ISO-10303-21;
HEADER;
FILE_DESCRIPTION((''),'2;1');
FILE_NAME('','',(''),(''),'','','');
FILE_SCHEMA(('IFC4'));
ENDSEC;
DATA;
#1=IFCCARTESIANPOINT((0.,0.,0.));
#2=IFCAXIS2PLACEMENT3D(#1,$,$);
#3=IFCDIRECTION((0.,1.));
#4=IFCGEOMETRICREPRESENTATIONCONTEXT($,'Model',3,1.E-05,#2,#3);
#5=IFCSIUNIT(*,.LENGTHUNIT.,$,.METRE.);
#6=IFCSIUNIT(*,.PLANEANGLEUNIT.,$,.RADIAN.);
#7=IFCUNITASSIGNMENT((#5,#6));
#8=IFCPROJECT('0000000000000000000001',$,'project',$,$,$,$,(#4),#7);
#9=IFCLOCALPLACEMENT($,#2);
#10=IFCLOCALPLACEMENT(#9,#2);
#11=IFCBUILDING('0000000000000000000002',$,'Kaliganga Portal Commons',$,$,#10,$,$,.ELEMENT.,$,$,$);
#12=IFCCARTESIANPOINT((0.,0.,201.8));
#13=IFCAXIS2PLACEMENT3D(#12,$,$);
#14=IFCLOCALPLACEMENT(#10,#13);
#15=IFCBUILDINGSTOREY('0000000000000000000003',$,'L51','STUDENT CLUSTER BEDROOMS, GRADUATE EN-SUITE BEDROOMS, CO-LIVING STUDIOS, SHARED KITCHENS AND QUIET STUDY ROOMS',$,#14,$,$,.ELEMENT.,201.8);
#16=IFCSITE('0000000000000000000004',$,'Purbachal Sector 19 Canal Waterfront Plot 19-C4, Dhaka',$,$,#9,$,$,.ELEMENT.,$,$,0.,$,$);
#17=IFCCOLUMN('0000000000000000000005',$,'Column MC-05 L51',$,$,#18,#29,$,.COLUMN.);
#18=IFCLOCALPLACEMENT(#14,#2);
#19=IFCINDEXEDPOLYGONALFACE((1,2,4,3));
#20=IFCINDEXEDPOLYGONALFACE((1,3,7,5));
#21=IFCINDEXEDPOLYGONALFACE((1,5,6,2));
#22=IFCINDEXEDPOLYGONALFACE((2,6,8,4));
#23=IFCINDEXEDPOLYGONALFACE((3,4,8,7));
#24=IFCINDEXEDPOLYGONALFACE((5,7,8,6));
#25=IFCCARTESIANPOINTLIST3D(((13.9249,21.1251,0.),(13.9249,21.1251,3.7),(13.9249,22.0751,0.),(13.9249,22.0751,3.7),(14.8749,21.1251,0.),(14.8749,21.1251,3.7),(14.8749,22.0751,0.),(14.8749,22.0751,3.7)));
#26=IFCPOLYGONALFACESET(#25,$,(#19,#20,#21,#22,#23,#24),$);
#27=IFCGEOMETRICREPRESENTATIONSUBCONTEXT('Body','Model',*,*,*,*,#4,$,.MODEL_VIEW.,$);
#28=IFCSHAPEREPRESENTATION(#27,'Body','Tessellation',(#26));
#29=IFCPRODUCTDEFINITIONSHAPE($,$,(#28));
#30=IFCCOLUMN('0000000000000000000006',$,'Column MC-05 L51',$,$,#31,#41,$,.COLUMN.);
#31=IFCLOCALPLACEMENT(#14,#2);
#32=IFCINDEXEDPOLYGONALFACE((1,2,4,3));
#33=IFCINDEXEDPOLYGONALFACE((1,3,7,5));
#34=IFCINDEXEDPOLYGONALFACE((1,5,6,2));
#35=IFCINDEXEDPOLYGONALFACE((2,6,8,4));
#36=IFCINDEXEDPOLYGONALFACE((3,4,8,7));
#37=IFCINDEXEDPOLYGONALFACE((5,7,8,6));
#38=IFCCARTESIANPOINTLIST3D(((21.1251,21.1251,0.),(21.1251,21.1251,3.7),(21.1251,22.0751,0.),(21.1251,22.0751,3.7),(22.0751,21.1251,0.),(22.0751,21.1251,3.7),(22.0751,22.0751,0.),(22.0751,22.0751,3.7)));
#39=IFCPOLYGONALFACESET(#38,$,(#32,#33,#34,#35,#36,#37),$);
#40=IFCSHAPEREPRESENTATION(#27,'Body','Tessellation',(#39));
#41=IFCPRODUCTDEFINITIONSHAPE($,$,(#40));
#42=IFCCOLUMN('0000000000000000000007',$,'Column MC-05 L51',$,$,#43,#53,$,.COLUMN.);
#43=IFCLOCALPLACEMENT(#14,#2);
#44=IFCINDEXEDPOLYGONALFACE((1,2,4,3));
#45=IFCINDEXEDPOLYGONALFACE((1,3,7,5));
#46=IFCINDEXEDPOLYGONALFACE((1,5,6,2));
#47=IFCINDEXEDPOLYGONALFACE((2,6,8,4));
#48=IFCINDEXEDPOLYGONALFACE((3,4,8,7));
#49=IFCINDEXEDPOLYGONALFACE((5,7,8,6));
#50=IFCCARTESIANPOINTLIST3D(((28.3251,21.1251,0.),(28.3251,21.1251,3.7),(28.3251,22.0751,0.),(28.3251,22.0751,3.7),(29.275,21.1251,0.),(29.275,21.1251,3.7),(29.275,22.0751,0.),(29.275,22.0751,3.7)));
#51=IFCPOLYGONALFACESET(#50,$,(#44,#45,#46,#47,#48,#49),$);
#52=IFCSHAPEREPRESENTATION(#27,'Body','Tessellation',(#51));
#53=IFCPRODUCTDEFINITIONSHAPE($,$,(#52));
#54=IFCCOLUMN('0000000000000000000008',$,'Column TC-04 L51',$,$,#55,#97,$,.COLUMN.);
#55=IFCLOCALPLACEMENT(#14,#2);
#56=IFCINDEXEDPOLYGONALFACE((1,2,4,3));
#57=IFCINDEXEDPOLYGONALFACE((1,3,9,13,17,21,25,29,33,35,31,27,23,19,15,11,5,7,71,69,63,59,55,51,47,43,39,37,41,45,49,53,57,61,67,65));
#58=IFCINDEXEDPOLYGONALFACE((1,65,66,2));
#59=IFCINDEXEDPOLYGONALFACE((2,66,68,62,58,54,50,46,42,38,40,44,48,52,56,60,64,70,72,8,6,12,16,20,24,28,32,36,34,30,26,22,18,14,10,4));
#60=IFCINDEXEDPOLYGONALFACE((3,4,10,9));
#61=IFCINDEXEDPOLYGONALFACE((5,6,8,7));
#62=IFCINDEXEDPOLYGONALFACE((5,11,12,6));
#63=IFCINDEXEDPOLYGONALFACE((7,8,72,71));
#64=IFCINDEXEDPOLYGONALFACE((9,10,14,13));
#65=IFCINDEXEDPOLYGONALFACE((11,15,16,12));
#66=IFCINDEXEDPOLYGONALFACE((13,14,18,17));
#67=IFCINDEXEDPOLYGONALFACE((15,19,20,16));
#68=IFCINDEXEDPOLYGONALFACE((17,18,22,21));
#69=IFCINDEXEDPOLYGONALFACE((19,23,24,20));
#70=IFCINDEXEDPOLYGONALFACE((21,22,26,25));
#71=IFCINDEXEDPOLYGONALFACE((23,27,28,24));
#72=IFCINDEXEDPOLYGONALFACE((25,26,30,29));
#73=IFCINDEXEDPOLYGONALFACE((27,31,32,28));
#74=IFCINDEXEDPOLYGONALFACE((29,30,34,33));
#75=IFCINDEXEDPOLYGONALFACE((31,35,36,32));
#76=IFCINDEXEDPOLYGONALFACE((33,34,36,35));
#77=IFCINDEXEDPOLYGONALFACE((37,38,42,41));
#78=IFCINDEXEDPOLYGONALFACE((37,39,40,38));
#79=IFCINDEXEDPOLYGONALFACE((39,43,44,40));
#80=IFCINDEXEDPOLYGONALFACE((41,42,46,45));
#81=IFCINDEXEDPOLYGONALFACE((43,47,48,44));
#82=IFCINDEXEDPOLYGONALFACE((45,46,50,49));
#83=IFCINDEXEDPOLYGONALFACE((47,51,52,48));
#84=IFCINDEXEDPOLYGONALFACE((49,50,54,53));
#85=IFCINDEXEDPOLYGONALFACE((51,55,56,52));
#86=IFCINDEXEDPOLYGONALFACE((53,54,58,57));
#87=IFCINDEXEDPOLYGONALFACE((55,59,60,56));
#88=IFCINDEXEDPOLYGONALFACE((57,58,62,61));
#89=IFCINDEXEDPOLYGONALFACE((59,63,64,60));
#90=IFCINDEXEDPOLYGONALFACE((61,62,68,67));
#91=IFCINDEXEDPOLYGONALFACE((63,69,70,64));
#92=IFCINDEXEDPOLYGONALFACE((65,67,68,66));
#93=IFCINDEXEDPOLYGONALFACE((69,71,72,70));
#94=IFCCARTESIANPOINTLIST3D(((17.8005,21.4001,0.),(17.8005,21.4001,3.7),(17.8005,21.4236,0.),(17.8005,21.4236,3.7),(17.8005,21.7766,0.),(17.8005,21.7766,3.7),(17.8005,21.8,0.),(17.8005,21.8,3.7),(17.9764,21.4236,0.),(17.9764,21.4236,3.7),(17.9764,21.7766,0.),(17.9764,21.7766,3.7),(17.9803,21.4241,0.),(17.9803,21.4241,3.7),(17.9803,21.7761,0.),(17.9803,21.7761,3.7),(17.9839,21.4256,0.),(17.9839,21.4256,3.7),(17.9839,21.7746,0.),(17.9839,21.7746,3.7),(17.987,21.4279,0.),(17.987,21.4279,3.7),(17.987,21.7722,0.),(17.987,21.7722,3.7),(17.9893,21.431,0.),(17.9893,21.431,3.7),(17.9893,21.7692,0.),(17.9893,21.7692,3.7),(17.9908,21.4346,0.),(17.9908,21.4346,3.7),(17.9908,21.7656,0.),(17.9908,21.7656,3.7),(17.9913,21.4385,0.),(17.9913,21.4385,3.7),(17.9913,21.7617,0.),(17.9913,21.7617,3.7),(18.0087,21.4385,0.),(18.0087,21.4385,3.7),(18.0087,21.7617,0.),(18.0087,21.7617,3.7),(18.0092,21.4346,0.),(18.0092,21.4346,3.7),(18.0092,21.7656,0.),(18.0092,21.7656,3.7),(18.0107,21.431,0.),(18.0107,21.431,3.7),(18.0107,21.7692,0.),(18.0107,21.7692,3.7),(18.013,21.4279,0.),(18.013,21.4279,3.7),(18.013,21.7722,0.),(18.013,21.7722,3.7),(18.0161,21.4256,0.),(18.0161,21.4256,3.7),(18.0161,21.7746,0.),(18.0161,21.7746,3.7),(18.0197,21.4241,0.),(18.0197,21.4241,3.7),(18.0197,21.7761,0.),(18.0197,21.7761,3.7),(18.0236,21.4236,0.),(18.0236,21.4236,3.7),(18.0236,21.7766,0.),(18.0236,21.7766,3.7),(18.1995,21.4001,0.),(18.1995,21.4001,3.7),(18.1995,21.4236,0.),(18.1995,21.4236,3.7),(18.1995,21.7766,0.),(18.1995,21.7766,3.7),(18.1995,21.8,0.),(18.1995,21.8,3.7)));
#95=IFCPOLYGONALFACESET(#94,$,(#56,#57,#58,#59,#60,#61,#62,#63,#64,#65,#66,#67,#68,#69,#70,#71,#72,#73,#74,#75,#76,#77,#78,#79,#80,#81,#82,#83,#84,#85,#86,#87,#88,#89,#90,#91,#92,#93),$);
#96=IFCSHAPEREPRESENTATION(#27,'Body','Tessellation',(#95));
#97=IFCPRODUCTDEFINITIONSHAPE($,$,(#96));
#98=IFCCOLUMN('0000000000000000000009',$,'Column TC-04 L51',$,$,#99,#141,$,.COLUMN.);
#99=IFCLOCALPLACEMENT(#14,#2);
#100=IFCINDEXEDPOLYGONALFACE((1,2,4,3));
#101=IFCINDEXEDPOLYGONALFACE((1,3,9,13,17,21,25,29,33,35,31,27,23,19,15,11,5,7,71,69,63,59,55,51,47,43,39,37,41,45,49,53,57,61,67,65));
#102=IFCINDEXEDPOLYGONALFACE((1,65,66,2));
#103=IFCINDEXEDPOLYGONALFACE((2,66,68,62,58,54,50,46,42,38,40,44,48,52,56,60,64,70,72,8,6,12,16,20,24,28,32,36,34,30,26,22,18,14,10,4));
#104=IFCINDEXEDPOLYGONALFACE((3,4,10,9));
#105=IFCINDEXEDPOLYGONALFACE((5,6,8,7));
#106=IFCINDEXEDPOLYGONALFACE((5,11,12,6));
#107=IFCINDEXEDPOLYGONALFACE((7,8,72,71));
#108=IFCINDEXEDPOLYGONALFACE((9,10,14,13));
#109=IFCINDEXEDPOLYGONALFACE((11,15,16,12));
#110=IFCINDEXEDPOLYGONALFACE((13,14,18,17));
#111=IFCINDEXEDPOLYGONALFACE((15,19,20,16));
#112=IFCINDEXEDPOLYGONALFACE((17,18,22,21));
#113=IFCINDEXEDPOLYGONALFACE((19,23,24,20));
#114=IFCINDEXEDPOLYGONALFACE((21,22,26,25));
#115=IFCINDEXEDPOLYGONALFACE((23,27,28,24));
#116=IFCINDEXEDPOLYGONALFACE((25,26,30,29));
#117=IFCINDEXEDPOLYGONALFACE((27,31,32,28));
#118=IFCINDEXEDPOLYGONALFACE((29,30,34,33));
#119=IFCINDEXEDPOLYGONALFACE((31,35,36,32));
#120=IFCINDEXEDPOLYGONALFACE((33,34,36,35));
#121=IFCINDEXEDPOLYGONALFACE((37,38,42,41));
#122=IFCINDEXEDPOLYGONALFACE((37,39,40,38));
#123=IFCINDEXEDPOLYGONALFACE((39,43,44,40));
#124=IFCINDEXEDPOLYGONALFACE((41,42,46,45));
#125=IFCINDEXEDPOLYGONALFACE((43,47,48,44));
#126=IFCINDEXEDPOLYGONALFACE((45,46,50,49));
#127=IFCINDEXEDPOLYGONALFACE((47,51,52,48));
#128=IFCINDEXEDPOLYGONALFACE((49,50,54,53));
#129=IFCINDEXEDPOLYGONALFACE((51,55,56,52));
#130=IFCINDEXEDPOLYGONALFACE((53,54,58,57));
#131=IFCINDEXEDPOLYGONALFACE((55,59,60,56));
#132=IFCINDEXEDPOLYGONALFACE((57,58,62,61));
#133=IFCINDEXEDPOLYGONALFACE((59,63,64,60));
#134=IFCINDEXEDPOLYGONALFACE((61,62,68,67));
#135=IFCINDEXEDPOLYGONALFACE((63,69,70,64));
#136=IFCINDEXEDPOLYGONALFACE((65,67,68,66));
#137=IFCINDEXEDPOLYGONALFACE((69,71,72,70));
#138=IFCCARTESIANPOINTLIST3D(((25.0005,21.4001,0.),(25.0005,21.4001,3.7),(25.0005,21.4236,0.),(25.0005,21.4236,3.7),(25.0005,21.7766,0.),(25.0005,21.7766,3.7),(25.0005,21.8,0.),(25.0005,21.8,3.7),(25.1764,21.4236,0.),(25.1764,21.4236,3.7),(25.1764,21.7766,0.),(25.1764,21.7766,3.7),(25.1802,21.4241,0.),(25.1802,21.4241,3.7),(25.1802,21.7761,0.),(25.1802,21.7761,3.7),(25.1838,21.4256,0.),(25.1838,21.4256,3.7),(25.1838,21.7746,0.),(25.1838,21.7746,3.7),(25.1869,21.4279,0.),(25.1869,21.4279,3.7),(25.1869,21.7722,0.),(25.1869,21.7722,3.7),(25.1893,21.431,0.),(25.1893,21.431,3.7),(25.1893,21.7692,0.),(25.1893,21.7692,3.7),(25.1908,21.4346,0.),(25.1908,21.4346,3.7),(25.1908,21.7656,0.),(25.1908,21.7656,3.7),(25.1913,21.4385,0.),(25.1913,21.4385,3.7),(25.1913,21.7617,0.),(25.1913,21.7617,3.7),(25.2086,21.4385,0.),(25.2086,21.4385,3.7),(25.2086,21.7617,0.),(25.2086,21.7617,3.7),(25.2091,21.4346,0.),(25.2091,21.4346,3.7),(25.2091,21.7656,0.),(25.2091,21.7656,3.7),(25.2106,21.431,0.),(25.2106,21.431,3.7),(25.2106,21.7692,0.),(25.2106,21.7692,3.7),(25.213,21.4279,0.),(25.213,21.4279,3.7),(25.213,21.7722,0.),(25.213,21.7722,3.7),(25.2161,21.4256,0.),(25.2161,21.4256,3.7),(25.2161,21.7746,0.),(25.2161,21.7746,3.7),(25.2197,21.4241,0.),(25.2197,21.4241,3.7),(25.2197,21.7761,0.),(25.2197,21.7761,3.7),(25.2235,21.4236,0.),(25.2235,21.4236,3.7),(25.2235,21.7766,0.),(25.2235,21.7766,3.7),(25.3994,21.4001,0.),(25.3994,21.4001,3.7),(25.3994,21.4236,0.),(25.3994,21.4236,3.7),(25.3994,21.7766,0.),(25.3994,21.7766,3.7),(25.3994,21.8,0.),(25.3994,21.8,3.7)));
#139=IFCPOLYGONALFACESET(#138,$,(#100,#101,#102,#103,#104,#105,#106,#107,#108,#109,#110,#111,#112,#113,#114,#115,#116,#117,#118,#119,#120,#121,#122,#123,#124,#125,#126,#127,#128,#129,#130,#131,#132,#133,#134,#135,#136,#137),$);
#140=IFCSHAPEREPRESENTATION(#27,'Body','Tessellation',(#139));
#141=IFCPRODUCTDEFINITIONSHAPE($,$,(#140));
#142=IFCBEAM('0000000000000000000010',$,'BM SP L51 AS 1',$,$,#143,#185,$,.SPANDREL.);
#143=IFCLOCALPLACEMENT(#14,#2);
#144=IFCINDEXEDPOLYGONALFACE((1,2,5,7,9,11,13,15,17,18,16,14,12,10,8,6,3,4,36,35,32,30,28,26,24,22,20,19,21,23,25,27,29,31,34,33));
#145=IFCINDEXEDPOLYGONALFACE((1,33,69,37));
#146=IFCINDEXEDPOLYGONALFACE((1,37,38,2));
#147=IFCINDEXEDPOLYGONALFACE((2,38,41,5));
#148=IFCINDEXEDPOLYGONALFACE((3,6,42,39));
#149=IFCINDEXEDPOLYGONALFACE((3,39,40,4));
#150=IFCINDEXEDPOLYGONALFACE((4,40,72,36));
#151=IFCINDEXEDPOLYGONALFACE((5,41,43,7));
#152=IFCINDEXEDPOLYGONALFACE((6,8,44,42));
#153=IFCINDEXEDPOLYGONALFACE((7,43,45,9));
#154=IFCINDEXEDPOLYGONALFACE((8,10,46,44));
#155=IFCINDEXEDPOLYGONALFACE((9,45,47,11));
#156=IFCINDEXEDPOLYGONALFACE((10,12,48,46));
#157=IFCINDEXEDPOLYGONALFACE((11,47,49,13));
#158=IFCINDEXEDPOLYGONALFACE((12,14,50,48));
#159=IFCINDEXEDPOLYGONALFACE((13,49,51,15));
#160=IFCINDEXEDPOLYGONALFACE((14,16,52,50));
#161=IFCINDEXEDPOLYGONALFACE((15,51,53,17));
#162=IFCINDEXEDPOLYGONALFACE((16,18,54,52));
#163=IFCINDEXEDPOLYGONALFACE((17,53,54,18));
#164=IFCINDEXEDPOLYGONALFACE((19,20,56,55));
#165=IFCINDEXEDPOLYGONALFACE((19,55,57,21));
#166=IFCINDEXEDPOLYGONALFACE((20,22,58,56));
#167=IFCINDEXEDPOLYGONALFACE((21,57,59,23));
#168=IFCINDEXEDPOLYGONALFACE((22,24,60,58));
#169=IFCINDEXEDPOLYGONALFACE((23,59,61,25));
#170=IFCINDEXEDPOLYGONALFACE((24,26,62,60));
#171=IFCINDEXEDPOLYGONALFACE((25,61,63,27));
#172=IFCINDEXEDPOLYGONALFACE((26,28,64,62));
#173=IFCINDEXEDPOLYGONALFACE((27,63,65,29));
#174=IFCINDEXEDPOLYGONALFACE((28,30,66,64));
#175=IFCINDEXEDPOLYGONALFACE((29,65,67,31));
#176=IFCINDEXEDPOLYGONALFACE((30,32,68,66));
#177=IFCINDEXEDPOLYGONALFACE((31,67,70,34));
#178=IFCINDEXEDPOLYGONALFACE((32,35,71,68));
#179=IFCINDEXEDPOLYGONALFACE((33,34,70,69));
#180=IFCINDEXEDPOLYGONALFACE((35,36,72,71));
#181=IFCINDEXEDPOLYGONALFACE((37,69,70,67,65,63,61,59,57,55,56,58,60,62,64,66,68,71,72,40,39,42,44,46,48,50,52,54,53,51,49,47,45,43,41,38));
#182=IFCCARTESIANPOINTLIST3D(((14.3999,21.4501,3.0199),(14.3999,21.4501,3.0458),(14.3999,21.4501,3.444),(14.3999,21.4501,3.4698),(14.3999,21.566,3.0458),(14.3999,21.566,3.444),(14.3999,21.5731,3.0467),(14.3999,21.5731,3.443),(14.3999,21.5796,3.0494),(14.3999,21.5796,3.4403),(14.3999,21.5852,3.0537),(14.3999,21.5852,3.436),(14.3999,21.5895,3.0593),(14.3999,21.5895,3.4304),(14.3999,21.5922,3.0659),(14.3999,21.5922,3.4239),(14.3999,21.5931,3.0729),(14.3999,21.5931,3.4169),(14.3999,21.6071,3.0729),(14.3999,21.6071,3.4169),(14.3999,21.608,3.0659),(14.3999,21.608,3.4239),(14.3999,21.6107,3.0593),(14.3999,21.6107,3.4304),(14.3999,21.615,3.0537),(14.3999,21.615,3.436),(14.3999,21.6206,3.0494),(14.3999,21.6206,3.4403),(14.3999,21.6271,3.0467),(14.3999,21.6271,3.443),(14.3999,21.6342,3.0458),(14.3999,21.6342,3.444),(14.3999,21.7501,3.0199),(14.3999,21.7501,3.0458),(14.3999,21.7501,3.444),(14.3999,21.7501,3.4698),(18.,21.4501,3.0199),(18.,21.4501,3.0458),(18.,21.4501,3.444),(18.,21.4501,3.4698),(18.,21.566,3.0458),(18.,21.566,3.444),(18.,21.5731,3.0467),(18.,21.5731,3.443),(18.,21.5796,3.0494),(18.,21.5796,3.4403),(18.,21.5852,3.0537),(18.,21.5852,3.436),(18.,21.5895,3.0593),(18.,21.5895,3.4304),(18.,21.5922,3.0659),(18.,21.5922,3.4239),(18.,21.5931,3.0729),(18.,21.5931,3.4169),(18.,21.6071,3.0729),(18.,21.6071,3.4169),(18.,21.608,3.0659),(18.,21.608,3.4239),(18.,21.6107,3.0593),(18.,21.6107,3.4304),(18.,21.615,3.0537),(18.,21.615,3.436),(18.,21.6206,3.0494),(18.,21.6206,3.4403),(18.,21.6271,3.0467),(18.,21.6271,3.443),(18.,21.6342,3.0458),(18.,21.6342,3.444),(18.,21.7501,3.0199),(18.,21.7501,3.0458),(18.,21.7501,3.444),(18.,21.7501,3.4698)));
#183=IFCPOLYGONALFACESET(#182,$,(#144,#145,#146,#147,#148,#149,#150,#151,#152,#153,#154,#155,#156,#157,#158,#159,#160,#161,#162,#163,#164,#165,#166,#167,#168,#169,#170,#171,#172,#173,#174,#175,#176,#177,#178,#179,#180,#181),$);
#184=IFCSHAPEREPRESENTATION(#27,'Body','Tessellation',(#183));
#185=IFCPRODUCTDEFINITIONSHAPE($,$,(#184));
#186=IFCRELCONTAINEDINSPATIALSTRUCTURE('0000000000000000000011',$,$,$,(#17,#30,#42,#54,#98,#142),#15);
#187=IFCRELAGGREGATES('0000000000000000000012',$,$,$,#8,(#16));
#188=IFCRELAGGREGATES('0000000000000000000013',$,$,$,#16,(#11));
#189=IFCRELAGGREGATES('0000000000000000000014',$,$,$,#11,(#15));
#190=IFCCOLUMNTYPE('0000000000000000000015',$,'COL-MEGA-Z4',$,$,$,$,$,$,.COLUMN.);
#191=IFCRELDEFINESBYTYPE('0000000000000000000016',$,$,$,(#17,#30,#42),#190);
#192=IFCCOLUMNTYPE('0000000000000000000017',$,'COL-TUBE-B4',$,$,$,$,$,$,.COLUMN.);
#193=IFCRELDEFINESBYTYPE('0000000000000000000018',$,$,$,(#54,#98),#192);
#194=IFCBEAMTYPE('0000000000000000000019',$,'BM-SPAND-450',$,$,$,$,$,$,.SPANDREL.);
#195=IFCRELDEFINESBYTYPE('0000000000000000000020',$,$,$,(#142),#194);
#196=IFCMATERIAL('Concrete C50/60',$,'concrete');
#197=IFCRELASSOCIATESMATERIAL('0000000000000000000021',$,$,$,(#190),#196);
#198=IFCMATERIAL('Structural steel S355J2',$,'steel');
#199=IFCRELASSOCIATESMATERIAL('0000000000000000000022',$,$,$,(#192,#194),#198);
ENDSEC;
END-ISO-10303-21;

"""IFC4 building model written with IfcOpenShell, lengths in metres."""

from ifc_helpers import new_model, si_unit, direction, frame, origin, origin_2d, place, context, subcontext, project, spatial, rectangle, i_section, extrude, source, transform, mapped, material, material_profile, profile_set, type_object, element, save


model = new_model("IFC4")

# Units and contexts
model_context = context("Model", 3, precision=1e-05, world=origin(), true_north=direction((0.0, 1.0)))
body_context = subcontext(model_context, "Body", "Model", "MODEL_VIEW")
ifc_project = project(units=[si_unit("LENGTHUNIT", "METRE"), si_unit("PLANEANGLEUNIT", "RADIAN")], contexts=[model_context])

# Site, building, storey
site_placement = place(None, origin())
site = spatial("IfcSite", under=ifc_project, at=site_placement, Name="Purbachal Sector 19 Canal Waterfront Plot 19-C4, Dhaka", CompositionType="ELEMENT", RefElevation=0.0)
building_placement = place(site_placement, origin())
building = spatial("IfcBuilding", under=site, at=building_placement, Name="Kaliganga Portal Commons", CompositionType="ELEMENT")
storey_placement = place(building_placement, frame((0.0, 0.0, 201.8)))
storey = spatial("IfcBuildingStorey", under=building, at=storey_placement, Name="L51", Description="STUDENT CLUSTER BEDROOMS, GRADUATE EN-SUITE BEDROOMS, CO-LIVING STUDIOS, SHARED KITCHENS AND QUIET STUDY ROOMS", CompositionType="ELEMENT", Elevation=201.8)

# Columns
ifc_material_1 = material(Name="Concrete C50/60", Category="concrete")
ifc_material_profile_1 = material_profile(ifc_material_1, rectangle(XDim=0.95, YDim=0.95, at=origin_2d()), Name="RC 950x950")
ifc_profile_set_1 = profile_set([ifc_material_profile_1], Name="Concrete C50/60")
column_type_1 = type_object("IfcColumnType", Name="COL-MEGA-Z4", PredefinedType="COLUMN", material=ifc_profile_set_1)
shared_shape_1 = source(origin(), body_context, "Body", "SweptSolid", [
    extrude(rectangle(XDim=0.95, YDim=0.95, at=origin_2d()), origin(), (0.0, 0.0, 1.0), 3.7),
])
for number, where, z_axis, x_axis, name in (
    (1, (14.3999, 21.6001, 0.0), (0.0, 0.0, 1.0), (1.0, 0.0, 0.0), "Column MC-05 L51"),
    (2, (21.6001, 21.6001, 0.0), (0.0, 0.0, 1.0), (1.0, 0.0, 0.0), "Column MC-05 L51"),
    (3, (28.8, 21.6001, 0.0), (0.0, 0.0, 1.0), (1.0, 0.0, 0.0), "Column MC-05 L51"),
):
    element("IfcColumn", number, at=place(storey_placement, frame(where, z_axis=z_axis, x_axis=x_axis)), inside=storey, type_object=column_type_1, Name=name, PredefinedType="COLUMN", context=body_context, shape_type="MappedRepresentation", body=[
        mapped(shared_shape_1, transform((0.0, 0.0, 0.0), x_axis=(1.0, 0.0, 0.0), y_axis=(0.0, 1.0, 0.0), z_axis=(0.0, 0.0, 1.0), scale=1.0)),
    ])
ifc_material_2 = material(Name="Structural steel S355J2", Category="steel")
ifc_material_profile_2 = material_profile(ifc_material_2, i_section(OverallWidth=0.3989, OverallDepth=0.3999, WebThickness=0.0173, FlangeThickness=0.0234, FilletRadius=0.0149, at=origin_2d()), Name="HD 400x287")
ifc_profile_set_2 = profile_set([ifc_material_profile_2], Name="Structural steel S355J2 wide-flange")
column_type_2 = type_object("IfcColumnType", Name="COL-TUBE-B4", PredefinedType="COLUMN", material=ifc_profile_set_2)
shared_shape_2 = source(origin(), body_context, "Body", "SweptSolid", [
    extrude(i_section(OverallWidth=0.3989, OverallDepth=0.3999, WebThickness=0.0173, FlangeThickness=0.0234, FilletRadius=0.0149, at=origin_2d()), origin(), (0.0, 0.0, 1.0), 3.7),
])
for number, where, z_axis, x_axis, name in (
    (4, (18.0, 21.6001, 0.0), (0.0, 0.0, 1.0), (1.0, 0.0, 0.0), "Column TC-04 L51"),
    (5, (25.2, 21.6001, 0.0), (0.0, 0.0, 1.0), (1.0, 0.0, 0.0), "Column TC-04 L51"),
):
    element("IfcColumn", number, at=place(storey_placement, frame(where, z_axis=z_axis, x_axis=x_axis)), inside=storey, type_object=column_type_2, Name=name, PredefinedType="COLUMN", context=body_context, shape_type="MappedRepresentation", body=[
        mapped(shared_shape_2, transform((0.0, 0.0, 0.0), x_axis=(1.0, 0.0, 0.0), y_axis=(0.0, 1.0, 0.0), z_axis=(0.0, 0.0, 1.0), scale=1.0)),
    ])

# Beam
ifc_material_profile_3 = material_profile(ifc_material_2, i_section(OverallWidth=0.3, OverallDepth=0.45, WebThickness=0.0139, FlangeThickness=0.0259, FilletRadius=0.0271, at=origin_2d()), Name="HE 450 B")
ifc_profile_set_3 = profile_set([ifc_material_profile_3], Name="Structural steel S355J2 wide-flange")
beam_type_1 = type_object("IfcBeamType", Name="BM-SPAND-450", PredefinedType="SPANDREL", material=ifc_profile_set_3)
shared_shape_3 = source(origin(), body_context, "Body", "SweptSolid", [
    extrude(i_section(OverallWidth=0.3, OverallDepth=0.45, WebThickness=0.0139, FlangeThickness=0.0259, FilletRadius=0.0271, at=origin_2d()), origin(), (0.0, 0.0, 1.0), 3.6001),
])
for number, where, z_axis, x_axis, name in (
    (6, (14.3999, 21.6001, 3.2449), (1.0, 0.0, 0.0), (0.0, 1.0, 0.0), "BM SP L51 AS 1"),
):
    element("IfcBeam", number, at=place(storey_placement, frame(where, z_axis=z_axis, x_axis=x_axis)), inside=storey, type_object=beam_type_1, Name=name, PredefinedType="SPANDREL", context=body_context, shape_type="MappedRepresentation", body=[
        mapped(shared_shape_3, transform((0.0, 0.0, 0.0), x_axis=(1.0, 0.0, 0.0), y_axis=(0.0, 1.0, 0.0), z_axis=(0.0, 0.0, 1.0), scale=1.0)),
    ])

save(model, "model.ifc")
